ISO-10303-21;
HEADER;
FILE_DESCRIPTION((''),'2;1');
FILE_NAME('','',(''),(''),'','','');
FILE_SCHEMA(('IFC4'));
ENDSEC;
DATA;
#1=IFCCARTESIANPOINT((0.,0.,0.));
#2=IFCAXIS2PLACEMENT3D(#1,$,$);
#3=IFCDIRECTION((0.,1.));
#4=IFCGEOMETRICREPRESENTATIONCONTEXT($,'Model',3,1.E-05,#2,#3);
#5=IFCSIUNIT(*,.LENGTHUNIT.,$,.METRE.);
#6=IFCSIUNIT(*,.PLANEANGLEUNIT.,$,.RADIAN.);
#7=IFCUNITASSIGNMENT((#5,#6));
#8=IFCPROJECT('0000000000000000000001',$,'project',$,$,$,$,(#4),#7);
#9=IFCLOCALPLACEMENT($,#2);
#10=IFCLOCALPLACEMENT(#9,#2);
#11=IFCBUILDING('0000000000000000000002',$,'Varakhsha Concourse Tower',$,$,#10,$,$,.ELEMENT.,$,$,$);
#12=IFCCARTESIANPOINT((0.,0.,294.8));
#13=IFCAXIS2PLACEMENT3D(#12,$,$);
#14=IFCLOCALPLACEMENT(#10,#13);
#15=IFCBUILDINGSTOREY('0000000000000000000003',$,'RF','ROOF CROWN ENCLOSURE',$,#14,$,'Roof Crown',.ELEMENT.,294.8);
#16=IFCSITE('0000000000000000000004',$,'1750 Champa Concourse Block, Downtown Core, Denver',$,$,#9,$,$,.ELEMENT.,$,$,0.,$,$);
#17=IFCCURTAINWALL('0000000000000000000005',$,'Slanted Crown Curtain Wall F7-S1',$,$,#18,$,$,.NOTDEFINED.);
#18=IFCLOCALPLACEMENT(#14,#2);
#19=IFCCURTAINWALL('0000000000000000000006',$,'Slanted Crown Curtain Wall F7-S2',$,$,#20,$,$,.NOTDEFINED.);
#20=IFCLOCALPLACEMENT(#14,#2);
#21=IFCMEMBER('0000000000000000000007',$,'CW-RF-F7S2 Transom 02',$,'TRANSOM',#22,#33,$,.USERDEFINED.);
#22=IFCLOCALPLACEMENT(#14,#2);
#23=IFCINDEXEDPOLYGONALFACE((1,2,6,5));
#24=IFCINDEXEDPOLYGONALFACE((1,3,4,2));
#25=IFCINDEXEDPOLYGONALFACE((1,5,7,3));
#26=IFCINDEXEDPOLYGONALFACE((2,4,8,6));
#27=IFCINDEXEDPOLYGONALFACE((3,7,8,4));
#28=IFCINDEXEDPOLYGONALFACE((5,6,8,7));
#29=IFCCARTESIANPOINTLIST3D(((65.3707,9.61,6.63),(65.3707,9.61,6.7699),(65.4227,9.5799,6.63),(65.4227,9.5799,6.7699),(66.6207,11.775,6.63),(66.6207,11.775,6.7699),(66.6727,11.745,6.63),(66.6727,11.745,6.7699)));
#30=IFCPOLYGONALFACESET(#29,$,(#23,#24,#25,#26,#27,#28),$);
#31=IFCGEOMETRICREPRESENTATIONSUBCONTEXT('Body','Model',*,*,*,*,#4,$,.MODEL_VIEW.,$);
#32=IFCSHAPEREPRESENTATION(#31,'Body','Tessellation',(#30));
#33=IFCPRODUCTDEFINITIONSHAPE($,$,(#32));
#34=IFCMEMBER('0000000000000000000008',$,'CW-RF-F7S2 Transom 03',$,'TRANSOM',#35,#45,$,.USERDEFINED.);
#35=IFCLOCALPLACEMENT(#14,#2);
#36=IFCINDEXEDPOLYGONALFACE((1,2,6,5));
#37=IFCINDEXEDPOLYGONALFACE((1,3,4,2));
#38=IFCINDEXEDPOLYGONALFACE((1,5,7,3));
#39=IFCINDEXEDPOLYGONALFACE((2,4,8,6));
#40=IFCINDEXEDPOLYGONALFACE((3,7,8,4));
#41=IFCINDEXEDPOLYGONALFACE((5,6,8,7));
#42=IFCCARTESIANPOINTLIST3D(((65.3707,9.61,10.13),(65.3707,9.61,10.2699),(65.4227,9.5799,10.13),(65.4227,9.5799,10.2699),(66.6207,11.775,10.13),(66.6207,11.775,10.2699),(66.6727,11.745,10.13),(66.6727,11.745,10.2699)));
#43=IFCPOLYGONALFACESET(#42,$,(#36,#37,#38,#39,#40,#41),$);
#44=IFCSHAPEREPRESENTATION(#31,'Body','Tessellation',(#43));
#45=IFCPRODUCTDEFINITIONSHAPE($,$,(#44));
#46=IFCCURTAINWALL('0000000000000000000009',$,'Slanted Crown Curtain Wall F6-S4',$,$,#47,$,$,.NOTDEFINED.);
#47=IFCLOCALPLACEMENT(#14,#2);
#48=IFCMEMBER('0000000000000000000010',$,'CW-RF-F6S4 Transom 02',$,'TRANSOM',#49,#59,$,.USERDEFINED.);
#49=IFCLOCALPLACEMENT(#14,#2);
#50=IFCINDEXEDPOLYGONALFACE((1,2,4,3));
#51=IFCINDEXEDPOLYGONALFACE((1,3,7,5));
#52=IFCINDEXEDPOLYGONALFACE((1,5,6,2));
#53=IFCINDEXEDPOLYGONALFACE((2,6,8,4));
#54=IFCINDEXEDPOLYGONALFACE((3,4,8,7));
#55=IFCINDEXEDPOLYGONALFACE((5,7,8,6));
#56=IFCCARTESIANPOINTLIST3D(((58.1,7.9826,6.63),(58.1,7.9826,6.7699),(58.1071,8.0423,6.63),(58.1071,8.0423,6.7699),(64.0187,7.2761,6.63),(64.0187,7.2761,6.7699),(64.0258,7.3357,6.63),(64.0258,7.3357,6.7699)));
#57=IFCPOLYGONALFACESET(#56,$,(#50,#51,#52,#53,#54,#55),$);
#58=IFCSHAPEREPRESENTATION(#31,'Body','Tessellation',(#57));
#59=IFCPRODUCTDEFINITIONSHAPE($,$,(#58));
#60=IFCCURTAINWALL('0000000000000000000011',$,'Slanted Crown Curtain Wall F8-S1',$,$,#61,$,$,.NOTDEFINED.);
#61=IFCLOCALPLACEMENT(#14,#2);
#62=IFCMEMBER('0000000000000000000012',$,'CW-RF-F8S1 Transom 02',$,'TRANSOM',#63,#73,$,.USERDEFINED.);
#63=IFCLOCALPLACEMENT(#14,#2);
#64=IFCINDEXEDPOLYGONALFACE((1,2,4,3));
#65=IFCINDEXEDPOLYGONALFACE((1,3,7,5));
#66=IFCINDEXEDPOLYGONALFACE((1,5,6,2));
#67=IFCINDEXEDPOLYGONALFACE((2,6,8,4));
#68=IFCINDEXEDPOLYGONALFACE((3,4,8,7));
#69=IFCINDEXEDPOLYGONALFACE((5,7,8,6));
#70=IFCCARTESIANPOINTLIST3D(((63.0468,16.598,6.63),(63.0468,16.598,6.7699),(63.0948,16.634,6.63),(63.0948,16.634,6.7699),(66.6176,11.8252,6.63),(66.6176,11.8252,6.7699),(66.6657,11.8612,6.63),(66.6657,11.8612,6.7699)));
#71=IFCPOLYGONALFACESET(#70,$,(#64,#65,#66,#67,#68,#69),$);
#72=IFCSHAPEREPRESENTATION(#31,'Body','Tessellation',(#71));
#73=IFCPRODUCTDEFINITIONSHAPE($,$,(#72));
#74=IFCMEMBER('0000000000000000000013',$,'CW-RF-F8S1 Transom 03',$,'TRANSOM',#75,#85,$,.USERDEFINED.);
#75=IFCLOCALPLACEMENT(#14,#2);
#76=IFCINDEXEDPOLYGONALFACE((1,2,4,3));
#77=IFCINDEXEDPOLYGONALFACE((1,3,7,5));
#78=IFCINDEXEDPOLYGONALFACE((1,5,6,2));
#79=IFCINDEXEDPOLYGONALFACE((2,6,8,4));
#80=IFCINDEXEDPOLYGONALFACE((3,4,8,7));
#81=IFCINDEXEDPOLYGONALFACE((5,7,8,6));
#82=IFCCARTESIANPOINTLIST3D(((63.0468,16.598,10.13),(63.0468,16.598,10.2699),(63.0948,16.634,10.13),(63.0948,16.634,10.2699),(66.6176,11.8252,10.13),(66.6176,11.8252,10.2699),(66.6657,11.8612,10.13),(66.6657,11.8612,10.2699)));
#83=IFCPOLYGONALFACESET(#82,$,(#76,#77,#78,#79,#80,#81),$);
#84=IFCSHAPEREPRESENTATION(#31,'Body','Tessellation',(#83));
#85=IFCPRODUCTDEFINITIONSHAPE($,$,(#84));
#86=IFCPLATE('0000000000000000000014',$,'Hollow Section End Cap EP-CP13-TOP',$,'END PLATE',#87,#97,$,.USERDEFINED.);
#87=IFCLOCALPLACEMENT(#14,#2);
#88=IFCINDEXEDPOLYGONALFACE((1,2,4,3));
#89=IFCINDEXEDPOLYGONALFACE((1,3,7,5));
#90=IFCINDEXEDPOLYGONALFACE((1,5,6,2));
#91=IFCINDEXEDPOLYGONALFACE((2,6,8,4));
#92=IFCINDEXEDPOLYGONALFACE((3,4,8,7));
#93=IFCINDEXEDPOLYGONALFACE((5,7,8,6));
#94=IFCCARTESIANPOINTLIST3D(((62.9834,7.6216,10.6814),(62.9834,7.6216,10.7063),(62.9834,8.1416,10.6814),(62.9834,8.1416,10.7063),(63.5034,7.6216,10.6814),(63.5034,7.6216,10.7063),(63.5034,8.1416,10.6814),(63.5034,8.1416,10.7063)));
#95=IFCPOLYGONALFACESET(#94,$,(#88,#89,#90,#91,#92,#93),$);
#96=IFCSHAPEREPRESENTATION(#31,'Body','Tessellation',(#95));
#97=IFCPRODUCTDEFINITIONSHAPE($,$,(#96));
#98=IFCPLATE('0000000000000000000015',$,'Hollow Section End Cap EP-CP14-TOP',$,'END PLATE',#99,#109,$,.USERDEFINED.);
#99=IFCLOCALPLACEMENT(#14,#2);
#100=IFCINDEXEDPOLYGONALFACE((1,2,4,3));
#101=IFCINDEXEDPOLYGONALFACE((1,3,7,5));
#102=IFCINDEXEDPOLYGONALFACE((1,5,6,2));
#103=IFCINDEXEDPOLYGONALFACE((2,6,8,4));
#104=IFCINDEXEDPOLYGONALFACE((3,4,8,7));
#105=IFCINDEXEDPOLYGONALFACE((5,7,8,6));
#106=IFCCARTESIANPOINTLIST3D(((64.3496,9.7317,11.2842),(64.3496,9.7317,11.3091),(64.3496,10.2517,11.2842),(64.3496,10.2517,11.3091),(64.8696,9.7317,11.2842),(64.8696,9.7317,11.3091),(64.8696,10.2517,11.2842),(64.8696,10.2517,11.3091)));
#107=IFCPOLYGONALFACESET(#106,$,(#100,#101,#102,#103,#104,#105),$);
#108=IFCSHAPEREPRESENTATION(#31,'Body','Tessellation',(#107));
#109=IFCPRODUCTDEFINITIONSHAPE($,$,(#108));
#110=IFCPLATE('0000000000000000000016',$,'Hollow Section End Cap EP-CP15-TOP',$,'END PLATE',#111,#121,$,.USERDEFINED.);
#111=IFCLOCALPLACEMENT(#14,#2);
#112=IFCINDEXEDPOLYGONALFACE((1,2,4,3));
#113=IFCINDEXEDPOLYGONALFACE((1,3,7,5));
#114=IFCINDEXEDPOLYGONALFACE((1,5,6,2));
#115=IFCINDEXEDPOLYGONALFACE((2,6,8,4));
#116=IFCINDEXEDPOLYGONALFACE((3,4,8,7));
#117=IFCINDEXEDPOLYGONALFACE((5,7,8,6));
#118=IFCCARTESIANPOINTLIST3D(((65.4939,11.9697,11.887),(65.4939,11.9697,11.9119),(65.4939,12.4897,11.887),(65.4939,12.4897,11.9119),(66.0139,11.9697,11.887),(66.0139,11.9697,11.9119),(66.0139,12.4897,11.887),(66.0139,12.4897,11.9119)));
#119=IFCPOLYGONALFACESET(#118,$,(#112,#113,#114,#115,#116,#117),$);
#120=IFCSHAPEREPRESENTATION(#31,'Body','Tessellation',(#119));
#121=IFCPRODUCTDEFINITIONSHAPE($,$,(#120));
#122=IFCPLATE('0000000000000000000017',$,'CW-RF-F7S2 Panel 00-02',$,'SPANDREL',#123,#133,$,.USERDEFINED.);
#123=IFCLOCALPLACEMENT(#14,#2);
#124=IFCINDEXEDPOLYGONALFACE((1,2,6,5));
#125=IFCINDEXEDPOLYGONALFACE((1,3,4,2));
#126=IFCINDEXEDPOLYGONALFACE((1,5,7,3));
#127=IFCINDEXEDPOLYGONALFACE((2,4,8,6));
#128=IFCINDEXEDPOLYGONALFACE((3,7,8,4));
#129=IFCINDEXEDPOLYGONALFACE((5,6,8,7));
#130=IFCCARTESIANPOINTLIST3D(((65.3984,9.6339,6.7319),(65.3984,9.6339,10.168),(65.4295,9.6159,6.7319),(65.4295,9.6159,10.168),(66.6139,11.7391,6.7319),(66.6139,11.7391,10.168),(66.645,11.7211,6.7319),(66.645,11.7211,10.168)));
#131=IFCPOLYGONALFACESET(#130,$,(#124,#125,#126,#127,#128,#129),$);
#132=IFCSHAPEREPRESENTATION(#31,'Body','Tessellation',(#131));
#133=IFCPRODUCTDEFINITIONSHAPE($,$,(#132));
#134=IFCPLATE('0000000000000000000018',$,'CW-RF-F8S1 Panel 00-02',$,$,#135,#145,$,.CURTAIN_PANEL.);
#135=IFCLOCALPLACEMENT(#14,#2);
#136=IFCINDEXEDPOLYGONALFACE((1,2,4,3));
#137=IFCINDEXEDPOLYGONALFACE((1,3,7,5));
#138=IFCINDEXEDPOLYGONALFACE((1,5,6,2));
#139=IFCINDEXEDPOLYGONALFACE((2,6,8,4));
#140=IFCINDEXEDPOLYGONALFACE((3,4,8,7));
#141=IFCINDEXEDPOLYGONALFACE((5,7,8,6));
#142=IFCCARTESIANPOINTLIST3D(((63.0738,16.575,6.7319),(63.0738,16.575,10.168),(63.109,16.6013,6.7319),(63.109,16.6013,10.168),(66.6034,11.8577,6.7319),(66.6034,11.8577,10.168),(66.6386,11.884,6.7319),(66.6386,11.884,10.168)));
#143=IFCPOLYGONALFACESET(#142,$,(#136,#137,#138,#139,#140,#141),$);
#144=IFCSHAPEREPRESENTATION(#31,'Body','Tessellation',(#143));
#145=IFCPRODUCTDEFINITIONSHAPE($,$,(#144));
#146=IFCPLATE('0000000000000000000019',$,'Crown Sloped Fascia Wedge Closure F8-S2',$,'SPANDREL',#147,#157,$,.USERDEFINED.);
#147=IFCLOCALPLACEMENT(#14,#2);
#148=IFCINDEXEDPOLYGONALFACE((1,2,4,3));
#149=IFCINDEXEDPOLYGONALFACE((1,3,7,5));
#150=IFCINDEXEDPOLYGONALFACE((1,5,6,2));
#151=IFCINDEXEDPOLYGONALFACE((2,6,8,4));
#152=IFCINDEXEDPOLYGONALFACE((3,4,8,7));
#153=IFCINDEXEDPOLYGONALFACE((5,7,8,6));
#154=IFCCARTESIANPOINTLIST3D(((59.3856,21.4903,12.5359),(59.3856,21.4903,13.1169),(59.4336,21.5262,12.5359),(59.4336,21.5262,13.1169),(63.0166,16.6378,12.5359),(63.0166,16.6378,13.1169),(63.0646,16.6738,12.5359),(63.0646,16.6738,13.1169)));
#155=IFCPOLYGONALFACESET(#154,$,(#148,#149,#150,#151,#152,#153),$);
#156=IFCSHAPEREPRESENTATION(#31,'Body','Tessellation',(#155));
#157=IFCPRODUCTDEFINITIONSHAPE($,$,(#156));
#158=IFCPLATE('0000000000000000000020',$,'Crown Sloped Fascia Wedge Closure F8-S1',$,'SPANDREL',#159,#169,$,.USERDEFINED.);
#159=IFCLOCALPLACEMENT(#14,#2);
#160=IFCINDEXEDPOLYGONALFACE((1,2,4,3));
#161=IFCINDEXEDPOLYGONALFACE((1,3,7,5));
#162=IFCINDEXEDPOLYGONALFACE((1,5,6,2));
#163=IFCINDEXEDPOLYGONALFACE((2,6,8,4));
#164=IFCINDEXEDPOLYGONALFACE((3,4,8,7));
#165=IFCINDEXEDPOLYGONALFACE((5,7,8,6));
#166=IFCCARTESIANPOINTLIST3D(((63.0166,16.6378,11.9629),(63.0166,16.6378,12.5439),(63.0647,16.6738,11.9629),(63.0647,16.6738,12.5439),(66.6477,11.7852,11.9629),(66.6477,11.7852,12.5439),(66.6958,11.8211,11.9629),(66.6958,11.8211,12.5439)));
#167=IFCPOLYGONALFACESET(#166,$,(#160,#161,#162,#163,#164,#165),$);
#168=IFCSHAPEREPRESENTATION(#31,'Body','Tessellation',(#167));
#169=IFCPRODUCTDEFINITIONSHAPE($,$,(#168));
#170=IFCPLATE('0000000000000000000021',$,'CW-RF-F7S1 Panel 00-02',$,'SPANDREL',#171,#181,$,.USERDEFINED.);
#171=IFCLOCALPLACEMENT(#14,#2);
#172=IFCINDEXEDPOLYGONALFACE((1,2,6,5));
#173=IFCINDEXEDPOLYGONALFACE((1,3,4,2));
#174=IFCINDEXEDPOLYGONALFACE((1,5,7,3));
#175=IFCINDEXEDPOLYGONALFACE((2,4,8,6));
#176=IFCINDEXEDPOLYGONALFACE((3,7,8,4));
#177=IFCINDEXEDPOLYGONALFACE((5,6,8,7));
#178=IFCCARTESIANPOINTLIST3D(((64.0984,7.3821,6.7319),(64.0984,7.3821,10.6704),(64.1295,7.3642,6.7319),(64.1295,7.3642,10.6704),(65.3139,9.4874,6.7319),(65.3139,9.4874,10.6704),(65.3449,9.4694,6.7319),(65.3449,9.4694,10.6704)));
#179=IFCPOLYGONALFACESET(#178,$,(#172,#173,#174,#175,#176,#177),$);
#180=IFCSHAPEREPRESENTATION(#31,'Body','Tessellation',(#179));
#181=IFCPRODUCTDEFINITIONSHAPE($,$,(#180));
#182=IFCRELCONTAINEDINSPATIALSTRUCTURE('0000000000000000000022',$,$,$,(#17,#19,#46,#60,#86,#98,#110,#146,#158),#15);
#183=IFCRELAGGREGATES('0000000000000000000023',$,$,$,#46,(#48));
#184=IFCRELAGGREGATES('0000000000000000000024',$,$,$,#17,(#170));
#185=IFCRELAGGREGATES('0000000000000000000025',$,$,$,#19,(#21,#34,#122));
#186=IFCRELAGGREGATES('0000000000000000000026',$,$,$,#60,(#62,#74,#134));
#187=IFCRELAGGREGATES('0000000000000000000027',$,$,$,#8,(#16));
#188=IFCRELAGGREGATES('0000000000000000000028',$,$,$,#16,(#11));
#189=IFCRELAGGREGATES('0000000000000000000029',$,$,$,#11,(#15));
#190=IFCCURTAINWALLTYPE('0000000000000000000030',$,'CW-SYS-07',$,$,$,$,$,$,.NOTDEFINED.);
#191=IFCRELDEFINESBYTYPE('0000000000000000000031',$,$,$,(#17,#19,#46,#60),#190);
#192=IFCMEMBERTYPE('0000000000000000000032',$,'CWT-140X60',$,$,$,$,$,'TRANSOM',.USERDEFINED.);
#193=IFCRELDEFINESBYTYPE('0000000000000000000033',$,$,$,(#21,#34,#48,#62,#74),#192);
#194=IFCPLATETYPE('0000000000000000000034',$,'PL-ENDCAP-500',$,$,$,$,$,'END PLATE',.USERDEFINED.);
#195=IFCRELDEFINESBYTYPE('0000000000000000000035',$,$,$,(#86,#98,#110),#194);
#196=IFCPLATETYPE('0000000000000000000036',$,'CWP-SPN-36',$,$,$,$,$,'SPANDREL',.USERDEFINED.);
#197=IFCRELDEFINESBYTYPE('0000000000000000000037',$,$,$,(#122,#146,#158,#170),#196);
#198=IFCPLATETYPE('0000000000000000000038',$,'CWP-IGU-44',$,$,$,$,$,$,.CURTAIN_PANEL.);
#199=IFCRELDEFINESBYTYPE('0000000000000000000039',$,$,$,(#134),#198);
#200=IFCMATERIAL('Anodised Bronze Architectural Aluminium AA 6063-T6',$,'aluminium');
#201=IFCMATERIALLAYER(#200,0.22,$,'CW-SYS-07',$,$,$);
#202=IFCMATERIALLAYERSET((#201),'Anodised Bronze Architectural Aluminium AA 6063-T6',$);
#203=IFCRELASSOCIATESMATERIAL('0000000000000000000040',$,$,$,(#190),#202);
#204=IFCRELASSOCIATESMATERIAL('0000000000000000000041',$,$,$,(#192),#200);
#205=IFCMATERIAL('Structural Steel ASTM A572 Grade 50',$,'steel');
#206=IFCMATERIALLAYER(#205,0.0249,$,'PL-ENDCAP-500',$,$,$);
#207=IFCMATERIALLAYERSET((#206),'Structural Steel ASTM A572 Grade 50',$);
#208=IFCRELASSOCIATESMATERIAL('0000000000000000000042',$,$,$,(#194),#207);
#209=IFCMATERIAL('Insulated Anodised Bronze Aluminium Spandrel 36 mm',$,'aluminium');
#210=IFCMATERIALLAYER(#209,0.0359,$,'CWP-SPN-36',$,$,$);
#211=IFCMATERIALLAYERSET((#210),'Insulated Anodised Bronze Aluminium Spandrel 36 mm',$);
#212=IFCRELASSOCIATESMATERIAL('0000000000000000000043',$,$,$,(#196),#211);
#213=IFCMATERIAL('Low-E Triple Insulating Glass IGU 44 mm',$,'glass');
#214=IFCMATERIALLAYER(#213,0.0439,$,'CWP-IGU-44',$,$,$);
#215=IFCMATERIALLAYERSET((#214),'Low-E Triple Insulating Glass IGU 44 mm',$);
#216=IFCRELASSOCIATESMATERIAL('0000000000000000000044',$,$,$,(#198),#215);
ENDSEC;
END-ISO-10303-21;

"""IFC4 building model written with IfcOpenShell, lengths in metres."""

from ifc_helpers import new_model, si_unit, direction, frame, origin, origin_2d, place, context, subcontext, project, spatial, rectangle, extrude, source, transform, mapped, material, layer, layer_set, material_profile, profile_set, type_object, type_shapes, element, aggregate, save


model = new_model("IFC4")

# Units and contexts
model_context = context("Model", 3, precision=1e-05, world=origin(), true_north=direction((0.0, 1.0)))
body_context = subcontext(model_context, "Body", "Model", "MODEL_VIEW")
ifc_project = project(units=[si_unit("LENGTHUNIT", "METRE"), si_unit("PLANEANGLEUNIT", "RADIAN")], contexts=[model_context])

# Site, building, storey
site_placement = place(None, origin())
site = spatial("IfcSite", under=ifc_project, at=site_placement, Name="1750 Champa Concourse Block, Downtown Core, Denver", CompositionType="ELEMENT", RefElevation=0.0)
building_placement = place(site_placement, origin())
building = spatial("IfcBuilding", under=site, at=building_placement, Name="Varakhsha Concourse Tower", CompositionType="ELEMENT")
storey_placement = place(building_placement, frame((0.0, 0.0, 294.8)))
storey = spatial("IfcBuildingStorey", under=building, at=storey_placement, Name="RF", Description="ROOF CROWN ENCLOSURE", LongName="Roof Crown", CompositionType="ELEMENT", Elevation=294.8)

# Curtain wall
ifc_material_1 = material(Name="Anodised Bronze Architectural Aluminium AA 6063-T6", Category="aluminium")
ifc_layer_1 = layer(ifc_material_1, 0.22, Name="CW-SYS-07")
ifc_layer_set_1 = layer_set([ifc_layer_1], Name="Anodised Bronze Architectural Aluminium AA 6063-T6")
curtain_wall_type = type_object("IfcCurtainWallType", Name="CW-SYS-07", PredefinedType="NOTDEFINED", material=ifc_layer_set_1)
curtain_wall_1_placement = place(storey_placement, origin())
curtain_wall_1 = element("IfcCurtainWall", 1, at=curtain_wall_1_placement, inside=storey, type_object=curtain_wall_type, Name="Slanted Crown Curtain Wall F7-S1", PredefinedType="NOTDEFINED")
ifc_material_profile_1 = material_profile(ifc_material_1, rectangle(XDim=0.0601, YDim=0.1399, at=origin_2d()), Name="CWT-140X60")
ifc_profile_set_1 = profile_set([ifc_material_profile_1], Name="Anodised Bronze Architectural Aluminium AA 6063-T6")
member_type = type_object("IfcMemberType", Name="CWT-140X60", ElementType="TRANSOM", PredefinedType="USERDEFINED", material=ifc_profile_set_1)
shared_shape_1 = source(origin(), body_context, "Body", "SweptSolid", [
    extrude(rectangle(XDim=0.0601, YDim=0.1399, at=origin_2d()), origin(), (0.0, 0.0, 1.0), 2.5),
])

# Curtain wall, members
curtain_wall_2_placement = place(storey_placement, origin())
curtain_wall_2 = element("IfcCurtainWall", 2, at=curtain_wall_2_placement, inside=storey, type_object=curtain_wall_type, Name="Slanted Crown Curtain Wall F7-S2", PredefinedType="NOTDEFINED")
member_1_placement = place(storey_placement, frame((66.6467, 11.76, 6.7), z_axis=(-0.500004, -0.866023, 0.0), x_axis=(0.866023, -0.500004, 0.0)))
member_1 = element("IfcMember", 3, at=member_1_placement, type_object=member_type, Name="CW-RF-F7S2 Transom 02", ObjectType="TRANSOM", PredefinedType="USERDEFINED", context=body_context, shape_type="MappedRepresentation", body=[
    mapped(shared_shape_1, transform((0.0, 0.0, 0.0), scale=1.0)),
])
member_2_placement = place(storey_placement, frame((66.6467, 11.76, 10.2), z_axis=(-0.500004, -0.866023, 0.0), x_axis=(0.866023, -0.500004, 0.0)))
member_2 = element("IfcMember", 4, at=member_2_placement, type_object=member_type, Name="CW-RF-F7S2 Transom 03", ObjectType="TRANSOM", PredefinedType="USERDEFINED", context=body_context, shape_type="MappedRepresentation", body=[
    mapped(shared_shape_1, transform((0.0, 0.0, 0.0), scale=1.0)),
])

# Curtain wall, member
curtain_wall_3_placement = place(storey_placement, origin())
curtain_wall_3 = element("IfcCurtainWall", 5, at=curtain_wall_3_placement, inside=storey, type_object=curtain_wall_type, Name="Slanted Crown Curtain Wall F6-S4", PredefinedType="NOTDEFINED")
shared_shape_2 = source(origin(), body_context, "Body", "SweptSolid", [
    extrude(rectangle(XDim=0.0601, YDim=0.1399, at=origin_2d()), origin(), (0.0, 0.0, 1.0), 5.9607),
])
type_shapes(member_type, [shared_shape_1, shared_shape_2])
member_3_placement = place(storey_placement, frame((64.0222, 7.3059, 6.7), z_axis=(-0.99295, 0.118533, 0.0), x_axis=(-0.118533, -0.99295, 0.0)))
member_3 = element("IfcMember", 6, at=member_3_placement, type_object=member_type, Name="CW-RF-F6S4 Transom 02", ObjectType="TRANSOM", PredefinedType="USERDEFINED", context=body_context, shape_type="MappedRepresentation", body=[
    mapped(shared_shape_2, transform((0.0, 0.0, 0.0), scale=1.0)),
])
aggregate(curtain_wall_3, [member_3])

# Curtain wall, members
curtain_wall_4_placement = place(storey_placement, origin())
curtain_wall_4 = element("IfcCurtainWall", 7, at=curtain_wall_4_placement, inside=storey, type_object=curtain_wall_type, Name="Slanted Crown Curtain Wall F8-S1", PredefinedType="NOTDEFINED")
member_4_placement = place(storey_placement, frame((63.0708, 16.616, 6.7), z_axis=(0.599062, -0.800702, 0.0), x_axis=(0.800702, 0.599062, 0.0)))
member_4 = element("IfcMember", 8, at=member_4_placement, type_object=member_type, Name="CW-RF-F8S1 Transom 02", ObjectType="TRANSOM", PredefinedType="USERDEFINED", context=body_context, shape_type="MappedRepresentation", body=[
    mapped(shared_shape_2, transform((0.0, 0.0, 0.0), scale=1.0)),
])
member_5_placement = place(storey_placement, frame((63.0708, 16.616, 10.2), z_axis=(0.599062, -0.800702, 0.0), x_axis=(0.800702, 0.599062, 0.0)))
member_5 = element("IfcMember", 9, at=member_5_placement, type_object=member_type, Name="CW-RF-F8S1 Transom 03", ObjectType="TRANSOM", PredefinedType="USERDEFINED", context=body_context, shape_type="MappedRepresentation", body=[
    mapped(shared_shape_2, transform((0.0, 0.0, 0.0), scale=1.0)),
])

# Plates
ifc_material_2 = material(Name="Structural Steel ASTM A572 Grade 50", Category="steel")
ifc_layer_2 = layer(ifc_material_2, 0.0249, Name="PL-ENDCAP-500")
ifc_layer_set_2 = layer_set([ifc_layer_2], Name="Structural Steel ASTM A572 Grade 50")
plate_type_1 = type_object("IfcPlateType", Name="PL-ENDCAP-500", ElementType="END PLATE", PredefinedType="USERDEFINED", material=ifc_layer_set_2)
shared_shape_3 = source(origin(), body_context, "Body", "SweptSolid", [
    extrude(rectangle(XDim=0.52, YDim=0.52, at=origin_2d()), origin(), (0.0, 0.0, 1.0), 0.0249),
])
type_shapes(plate_type_1, [shared_shape_3])
for number, where, z_axis, x_axis, name in (
    (10, (63.2434, 7.8816, 10.6814), (0.0, 0.0, 1.0), (1.0, 0.0, 0.0), "Hollow Section End Cap EP-CP13-TOP"),
    (11, (64.6096, 9.9917, 11.2842), (0.0, 0.0, 1.0), (1.0, 0.0, 0.0), "Hollow Section End Cap EP-CP14-TOP"),
    (12, (65.7539, 12.2297, 11.887), (0.0, 0.0, 1.0), (1.0, 0.0, 0.0), "Hollow Section End Cap EP-CP15-TOP"),
):
    element("IfcPlate", number, at=place(storey_placement, frame(where, z_axis=z_axis, x_axis=x_axis)), inside=storey, type_object=plate_type_1, Name=name, ObjectType="END PLATE", PredefinedType="USERDEFINED", context=body_context, shape_type="MappedRepresentation", body=[
        mapped(shared_shape_3, transform((0.0, 0.0, 0.0), scale=1.0)),
    ])

# Plates
ifc_material_3 = material(Name="Insulated Anodised Bronze Aluminium Spandrel 36 mm", Category="aluminium")
ifc_layer_3 = layer(ifc_material_3, 0.0359, Name="CWP-SPN-36")
ifc_layer_set_3 = layer_set([ifc_layer_3], Name="Insulated Anodised Bronze Aluminium Spandrel 36 mm")
plate_type_2 = type_object("IfcPlateType", Name="CWP-SPN-36", ElementType="SPANDREL", PredefinedType="USERDEFINED", material=ifc_layer_set_3)
shared_shape_4 = source(origin(), body_context, "Body", "SweptSolid", [
    extrude(rectangle(XDim=2.4309, YDim=0.0359, at=origin_2d()), origin(), (0.0, 0.0, 1.0), 3.436),
])
plate_1_placement = place(storey_placement, frame((66.0217, 10.6775, 6.7319), z_axis=(0.0, 0.0, 1.0), x_axis=(-0.500011, -0.866019, 0.0)))
plate_1 = element("IfcPlate", 13, at=plate_1_placement, type_object=plate_type_2, Name="CW-RF-F7S2 Panel 00-02", ObjectType="SPANDREL", PredefinedType="USERDEFINED", context=body_context, shape_type="MappedRepresentation", body=[
    mapped(shared_shape_4, transform((0.0, 0.0, 0.0), scale=1.0)),
])
ifc_material_4 = material(Name="Low-E Triple Insulating Glass IGU 44 mm", Category="glass")
ifc_layer_4 = layer(ifc_material_4, 0.0439, Name="CWP-IGU-44")
ifc_layer_set_4 = layer_set([ifc_layer_4], Name="Low-E Triple Insulating Glass IGU 44 mm")
plate_type_3 = type_object("IfcPlateType", Name="CWP-IGU-44", PredefinedType="CURTAIN_PANEL", material=ifc_layer_set_4)
shared_shape_5 = source(origin(), body_context, "Body", "SweptSolid", [
    extrude(rectangle(XDim=5.8916, YDim=0.0439, at=origin_2d()), origin(), (0.0, 0.0, 1.0), 3.436),
])
type_shapes(plate_type_3, [shared_shape_5])
plate_2_placement = place(storey_placement, frame((64.8562, 14.2295, 6.7319), z_axis=(0.0, 0.0, 1.0), x_axis=(0.599092, -0.80068, 0.0)))
plate_2 = element("IfcPlate", 14, at=plate_2_placement, type_object=plate_type_3, Name="CW-RF-F8S1 Panel 00-02", PredefinedType="CURTAIN_PANEL", context=body_context, shape_type="MappedRepresentation", body=[
    mapped(shared_shape_5, transform((0.0, 0.0, 0.0), scale=1.0)),
])

# Plates
shared_shape_6 = source(origin(), body_context, "Body", "SweptSolid", [
    extrude(rectangle(XDim=6.0605, YDim=0.0601, at=origin_2d()), origin(), (0.0, 0.0, 1.0), 0.5811),
])
plate_3_placement = place(storey_placement, frame((61.2251, 19.082, 12.5359), z_axis=(0.0, 0.0, 1.0), x_axis=(0.599121, -0.800658, 0.0)))
element("IfcPlate", 15, at=plate_3_placement, inside=storey, type_object=plate_type_2, Name="Crown Sloped Fascia Wedge Closure F8-S2", ObjectType="SPANDREL", PredefinedType="USERDEFINED", context=body_context, shape_type="MappedRepresentation", body=[
    mapped(shared_shape_6, transform((0.0, 0.0, 0.0), scale=1.0)),
])
shared_shape_7 = source(origin(), body_context, "Body", "SweptSolid", [
    extrude(rectangle(XDim=6.0608, YDim=0.0601, at=origin_2d()), origin(), (0.0, 0.0, 1.0), 0.5811),
])
plate_4_placement = place(storey_placement, frame((64.8562, 14.2295, 11.9629), z_axis=(0.0, 0.0, 1.0), x_axis=(0.599107, -0.800669, 0.0)))
element("IfcPlate", 16, at=plate_4_placement, inside=storey, type_object=plate_type_2, Name="Crown Sloped Fascia Wedge Closure F8-S1", ObjectType="SPANDREL", PredefinedType="USERDEFINED", context=body_context, shape_type="MappedRepresentation", body=[
    mapped(shared_shape_7, transform((0.0, 0.0, 0.0), scale=1.0)),
])

# Plate
shared_shape_8 = source(origin(), body_context, "Body", "SweptSolid", [
    extrude(rectangle(XDim=2.4309, YDim=0.0359, at=origin_2d()), origin(), (0.0, 0.0, 1.0), 3.9385),
])
plate_5_placement = place(storey_placement, frame((64.7217, 8.4258, 6.7319), z_axis=(0.0, 0.0, 1.0), x_axis=(-0.499994, -0.866029, 0.0)))
plate_5 = element("IfcPlate", 17, at=plate_5_placement, type_object=plate_type_2, Name="CW-RF-F7S1 Panel 00-02", ObjectType="SPANDREL", PredefinedType="USERDEFINED", context=body_context, shape_type="MappedRepresentation", body=[
    mapped(shared_shape_8, transform((0.0, 0.0, 0.0), scale=1.0)),
])
aggregate(curtain_wall_1, [plate_5])
aggregate(curtain_wall_2, [member_1, member_2, plate_1])
aggregate(curtain_wall_4, [member_4, member_5, plate_2])

save(model, "model.ifc")
